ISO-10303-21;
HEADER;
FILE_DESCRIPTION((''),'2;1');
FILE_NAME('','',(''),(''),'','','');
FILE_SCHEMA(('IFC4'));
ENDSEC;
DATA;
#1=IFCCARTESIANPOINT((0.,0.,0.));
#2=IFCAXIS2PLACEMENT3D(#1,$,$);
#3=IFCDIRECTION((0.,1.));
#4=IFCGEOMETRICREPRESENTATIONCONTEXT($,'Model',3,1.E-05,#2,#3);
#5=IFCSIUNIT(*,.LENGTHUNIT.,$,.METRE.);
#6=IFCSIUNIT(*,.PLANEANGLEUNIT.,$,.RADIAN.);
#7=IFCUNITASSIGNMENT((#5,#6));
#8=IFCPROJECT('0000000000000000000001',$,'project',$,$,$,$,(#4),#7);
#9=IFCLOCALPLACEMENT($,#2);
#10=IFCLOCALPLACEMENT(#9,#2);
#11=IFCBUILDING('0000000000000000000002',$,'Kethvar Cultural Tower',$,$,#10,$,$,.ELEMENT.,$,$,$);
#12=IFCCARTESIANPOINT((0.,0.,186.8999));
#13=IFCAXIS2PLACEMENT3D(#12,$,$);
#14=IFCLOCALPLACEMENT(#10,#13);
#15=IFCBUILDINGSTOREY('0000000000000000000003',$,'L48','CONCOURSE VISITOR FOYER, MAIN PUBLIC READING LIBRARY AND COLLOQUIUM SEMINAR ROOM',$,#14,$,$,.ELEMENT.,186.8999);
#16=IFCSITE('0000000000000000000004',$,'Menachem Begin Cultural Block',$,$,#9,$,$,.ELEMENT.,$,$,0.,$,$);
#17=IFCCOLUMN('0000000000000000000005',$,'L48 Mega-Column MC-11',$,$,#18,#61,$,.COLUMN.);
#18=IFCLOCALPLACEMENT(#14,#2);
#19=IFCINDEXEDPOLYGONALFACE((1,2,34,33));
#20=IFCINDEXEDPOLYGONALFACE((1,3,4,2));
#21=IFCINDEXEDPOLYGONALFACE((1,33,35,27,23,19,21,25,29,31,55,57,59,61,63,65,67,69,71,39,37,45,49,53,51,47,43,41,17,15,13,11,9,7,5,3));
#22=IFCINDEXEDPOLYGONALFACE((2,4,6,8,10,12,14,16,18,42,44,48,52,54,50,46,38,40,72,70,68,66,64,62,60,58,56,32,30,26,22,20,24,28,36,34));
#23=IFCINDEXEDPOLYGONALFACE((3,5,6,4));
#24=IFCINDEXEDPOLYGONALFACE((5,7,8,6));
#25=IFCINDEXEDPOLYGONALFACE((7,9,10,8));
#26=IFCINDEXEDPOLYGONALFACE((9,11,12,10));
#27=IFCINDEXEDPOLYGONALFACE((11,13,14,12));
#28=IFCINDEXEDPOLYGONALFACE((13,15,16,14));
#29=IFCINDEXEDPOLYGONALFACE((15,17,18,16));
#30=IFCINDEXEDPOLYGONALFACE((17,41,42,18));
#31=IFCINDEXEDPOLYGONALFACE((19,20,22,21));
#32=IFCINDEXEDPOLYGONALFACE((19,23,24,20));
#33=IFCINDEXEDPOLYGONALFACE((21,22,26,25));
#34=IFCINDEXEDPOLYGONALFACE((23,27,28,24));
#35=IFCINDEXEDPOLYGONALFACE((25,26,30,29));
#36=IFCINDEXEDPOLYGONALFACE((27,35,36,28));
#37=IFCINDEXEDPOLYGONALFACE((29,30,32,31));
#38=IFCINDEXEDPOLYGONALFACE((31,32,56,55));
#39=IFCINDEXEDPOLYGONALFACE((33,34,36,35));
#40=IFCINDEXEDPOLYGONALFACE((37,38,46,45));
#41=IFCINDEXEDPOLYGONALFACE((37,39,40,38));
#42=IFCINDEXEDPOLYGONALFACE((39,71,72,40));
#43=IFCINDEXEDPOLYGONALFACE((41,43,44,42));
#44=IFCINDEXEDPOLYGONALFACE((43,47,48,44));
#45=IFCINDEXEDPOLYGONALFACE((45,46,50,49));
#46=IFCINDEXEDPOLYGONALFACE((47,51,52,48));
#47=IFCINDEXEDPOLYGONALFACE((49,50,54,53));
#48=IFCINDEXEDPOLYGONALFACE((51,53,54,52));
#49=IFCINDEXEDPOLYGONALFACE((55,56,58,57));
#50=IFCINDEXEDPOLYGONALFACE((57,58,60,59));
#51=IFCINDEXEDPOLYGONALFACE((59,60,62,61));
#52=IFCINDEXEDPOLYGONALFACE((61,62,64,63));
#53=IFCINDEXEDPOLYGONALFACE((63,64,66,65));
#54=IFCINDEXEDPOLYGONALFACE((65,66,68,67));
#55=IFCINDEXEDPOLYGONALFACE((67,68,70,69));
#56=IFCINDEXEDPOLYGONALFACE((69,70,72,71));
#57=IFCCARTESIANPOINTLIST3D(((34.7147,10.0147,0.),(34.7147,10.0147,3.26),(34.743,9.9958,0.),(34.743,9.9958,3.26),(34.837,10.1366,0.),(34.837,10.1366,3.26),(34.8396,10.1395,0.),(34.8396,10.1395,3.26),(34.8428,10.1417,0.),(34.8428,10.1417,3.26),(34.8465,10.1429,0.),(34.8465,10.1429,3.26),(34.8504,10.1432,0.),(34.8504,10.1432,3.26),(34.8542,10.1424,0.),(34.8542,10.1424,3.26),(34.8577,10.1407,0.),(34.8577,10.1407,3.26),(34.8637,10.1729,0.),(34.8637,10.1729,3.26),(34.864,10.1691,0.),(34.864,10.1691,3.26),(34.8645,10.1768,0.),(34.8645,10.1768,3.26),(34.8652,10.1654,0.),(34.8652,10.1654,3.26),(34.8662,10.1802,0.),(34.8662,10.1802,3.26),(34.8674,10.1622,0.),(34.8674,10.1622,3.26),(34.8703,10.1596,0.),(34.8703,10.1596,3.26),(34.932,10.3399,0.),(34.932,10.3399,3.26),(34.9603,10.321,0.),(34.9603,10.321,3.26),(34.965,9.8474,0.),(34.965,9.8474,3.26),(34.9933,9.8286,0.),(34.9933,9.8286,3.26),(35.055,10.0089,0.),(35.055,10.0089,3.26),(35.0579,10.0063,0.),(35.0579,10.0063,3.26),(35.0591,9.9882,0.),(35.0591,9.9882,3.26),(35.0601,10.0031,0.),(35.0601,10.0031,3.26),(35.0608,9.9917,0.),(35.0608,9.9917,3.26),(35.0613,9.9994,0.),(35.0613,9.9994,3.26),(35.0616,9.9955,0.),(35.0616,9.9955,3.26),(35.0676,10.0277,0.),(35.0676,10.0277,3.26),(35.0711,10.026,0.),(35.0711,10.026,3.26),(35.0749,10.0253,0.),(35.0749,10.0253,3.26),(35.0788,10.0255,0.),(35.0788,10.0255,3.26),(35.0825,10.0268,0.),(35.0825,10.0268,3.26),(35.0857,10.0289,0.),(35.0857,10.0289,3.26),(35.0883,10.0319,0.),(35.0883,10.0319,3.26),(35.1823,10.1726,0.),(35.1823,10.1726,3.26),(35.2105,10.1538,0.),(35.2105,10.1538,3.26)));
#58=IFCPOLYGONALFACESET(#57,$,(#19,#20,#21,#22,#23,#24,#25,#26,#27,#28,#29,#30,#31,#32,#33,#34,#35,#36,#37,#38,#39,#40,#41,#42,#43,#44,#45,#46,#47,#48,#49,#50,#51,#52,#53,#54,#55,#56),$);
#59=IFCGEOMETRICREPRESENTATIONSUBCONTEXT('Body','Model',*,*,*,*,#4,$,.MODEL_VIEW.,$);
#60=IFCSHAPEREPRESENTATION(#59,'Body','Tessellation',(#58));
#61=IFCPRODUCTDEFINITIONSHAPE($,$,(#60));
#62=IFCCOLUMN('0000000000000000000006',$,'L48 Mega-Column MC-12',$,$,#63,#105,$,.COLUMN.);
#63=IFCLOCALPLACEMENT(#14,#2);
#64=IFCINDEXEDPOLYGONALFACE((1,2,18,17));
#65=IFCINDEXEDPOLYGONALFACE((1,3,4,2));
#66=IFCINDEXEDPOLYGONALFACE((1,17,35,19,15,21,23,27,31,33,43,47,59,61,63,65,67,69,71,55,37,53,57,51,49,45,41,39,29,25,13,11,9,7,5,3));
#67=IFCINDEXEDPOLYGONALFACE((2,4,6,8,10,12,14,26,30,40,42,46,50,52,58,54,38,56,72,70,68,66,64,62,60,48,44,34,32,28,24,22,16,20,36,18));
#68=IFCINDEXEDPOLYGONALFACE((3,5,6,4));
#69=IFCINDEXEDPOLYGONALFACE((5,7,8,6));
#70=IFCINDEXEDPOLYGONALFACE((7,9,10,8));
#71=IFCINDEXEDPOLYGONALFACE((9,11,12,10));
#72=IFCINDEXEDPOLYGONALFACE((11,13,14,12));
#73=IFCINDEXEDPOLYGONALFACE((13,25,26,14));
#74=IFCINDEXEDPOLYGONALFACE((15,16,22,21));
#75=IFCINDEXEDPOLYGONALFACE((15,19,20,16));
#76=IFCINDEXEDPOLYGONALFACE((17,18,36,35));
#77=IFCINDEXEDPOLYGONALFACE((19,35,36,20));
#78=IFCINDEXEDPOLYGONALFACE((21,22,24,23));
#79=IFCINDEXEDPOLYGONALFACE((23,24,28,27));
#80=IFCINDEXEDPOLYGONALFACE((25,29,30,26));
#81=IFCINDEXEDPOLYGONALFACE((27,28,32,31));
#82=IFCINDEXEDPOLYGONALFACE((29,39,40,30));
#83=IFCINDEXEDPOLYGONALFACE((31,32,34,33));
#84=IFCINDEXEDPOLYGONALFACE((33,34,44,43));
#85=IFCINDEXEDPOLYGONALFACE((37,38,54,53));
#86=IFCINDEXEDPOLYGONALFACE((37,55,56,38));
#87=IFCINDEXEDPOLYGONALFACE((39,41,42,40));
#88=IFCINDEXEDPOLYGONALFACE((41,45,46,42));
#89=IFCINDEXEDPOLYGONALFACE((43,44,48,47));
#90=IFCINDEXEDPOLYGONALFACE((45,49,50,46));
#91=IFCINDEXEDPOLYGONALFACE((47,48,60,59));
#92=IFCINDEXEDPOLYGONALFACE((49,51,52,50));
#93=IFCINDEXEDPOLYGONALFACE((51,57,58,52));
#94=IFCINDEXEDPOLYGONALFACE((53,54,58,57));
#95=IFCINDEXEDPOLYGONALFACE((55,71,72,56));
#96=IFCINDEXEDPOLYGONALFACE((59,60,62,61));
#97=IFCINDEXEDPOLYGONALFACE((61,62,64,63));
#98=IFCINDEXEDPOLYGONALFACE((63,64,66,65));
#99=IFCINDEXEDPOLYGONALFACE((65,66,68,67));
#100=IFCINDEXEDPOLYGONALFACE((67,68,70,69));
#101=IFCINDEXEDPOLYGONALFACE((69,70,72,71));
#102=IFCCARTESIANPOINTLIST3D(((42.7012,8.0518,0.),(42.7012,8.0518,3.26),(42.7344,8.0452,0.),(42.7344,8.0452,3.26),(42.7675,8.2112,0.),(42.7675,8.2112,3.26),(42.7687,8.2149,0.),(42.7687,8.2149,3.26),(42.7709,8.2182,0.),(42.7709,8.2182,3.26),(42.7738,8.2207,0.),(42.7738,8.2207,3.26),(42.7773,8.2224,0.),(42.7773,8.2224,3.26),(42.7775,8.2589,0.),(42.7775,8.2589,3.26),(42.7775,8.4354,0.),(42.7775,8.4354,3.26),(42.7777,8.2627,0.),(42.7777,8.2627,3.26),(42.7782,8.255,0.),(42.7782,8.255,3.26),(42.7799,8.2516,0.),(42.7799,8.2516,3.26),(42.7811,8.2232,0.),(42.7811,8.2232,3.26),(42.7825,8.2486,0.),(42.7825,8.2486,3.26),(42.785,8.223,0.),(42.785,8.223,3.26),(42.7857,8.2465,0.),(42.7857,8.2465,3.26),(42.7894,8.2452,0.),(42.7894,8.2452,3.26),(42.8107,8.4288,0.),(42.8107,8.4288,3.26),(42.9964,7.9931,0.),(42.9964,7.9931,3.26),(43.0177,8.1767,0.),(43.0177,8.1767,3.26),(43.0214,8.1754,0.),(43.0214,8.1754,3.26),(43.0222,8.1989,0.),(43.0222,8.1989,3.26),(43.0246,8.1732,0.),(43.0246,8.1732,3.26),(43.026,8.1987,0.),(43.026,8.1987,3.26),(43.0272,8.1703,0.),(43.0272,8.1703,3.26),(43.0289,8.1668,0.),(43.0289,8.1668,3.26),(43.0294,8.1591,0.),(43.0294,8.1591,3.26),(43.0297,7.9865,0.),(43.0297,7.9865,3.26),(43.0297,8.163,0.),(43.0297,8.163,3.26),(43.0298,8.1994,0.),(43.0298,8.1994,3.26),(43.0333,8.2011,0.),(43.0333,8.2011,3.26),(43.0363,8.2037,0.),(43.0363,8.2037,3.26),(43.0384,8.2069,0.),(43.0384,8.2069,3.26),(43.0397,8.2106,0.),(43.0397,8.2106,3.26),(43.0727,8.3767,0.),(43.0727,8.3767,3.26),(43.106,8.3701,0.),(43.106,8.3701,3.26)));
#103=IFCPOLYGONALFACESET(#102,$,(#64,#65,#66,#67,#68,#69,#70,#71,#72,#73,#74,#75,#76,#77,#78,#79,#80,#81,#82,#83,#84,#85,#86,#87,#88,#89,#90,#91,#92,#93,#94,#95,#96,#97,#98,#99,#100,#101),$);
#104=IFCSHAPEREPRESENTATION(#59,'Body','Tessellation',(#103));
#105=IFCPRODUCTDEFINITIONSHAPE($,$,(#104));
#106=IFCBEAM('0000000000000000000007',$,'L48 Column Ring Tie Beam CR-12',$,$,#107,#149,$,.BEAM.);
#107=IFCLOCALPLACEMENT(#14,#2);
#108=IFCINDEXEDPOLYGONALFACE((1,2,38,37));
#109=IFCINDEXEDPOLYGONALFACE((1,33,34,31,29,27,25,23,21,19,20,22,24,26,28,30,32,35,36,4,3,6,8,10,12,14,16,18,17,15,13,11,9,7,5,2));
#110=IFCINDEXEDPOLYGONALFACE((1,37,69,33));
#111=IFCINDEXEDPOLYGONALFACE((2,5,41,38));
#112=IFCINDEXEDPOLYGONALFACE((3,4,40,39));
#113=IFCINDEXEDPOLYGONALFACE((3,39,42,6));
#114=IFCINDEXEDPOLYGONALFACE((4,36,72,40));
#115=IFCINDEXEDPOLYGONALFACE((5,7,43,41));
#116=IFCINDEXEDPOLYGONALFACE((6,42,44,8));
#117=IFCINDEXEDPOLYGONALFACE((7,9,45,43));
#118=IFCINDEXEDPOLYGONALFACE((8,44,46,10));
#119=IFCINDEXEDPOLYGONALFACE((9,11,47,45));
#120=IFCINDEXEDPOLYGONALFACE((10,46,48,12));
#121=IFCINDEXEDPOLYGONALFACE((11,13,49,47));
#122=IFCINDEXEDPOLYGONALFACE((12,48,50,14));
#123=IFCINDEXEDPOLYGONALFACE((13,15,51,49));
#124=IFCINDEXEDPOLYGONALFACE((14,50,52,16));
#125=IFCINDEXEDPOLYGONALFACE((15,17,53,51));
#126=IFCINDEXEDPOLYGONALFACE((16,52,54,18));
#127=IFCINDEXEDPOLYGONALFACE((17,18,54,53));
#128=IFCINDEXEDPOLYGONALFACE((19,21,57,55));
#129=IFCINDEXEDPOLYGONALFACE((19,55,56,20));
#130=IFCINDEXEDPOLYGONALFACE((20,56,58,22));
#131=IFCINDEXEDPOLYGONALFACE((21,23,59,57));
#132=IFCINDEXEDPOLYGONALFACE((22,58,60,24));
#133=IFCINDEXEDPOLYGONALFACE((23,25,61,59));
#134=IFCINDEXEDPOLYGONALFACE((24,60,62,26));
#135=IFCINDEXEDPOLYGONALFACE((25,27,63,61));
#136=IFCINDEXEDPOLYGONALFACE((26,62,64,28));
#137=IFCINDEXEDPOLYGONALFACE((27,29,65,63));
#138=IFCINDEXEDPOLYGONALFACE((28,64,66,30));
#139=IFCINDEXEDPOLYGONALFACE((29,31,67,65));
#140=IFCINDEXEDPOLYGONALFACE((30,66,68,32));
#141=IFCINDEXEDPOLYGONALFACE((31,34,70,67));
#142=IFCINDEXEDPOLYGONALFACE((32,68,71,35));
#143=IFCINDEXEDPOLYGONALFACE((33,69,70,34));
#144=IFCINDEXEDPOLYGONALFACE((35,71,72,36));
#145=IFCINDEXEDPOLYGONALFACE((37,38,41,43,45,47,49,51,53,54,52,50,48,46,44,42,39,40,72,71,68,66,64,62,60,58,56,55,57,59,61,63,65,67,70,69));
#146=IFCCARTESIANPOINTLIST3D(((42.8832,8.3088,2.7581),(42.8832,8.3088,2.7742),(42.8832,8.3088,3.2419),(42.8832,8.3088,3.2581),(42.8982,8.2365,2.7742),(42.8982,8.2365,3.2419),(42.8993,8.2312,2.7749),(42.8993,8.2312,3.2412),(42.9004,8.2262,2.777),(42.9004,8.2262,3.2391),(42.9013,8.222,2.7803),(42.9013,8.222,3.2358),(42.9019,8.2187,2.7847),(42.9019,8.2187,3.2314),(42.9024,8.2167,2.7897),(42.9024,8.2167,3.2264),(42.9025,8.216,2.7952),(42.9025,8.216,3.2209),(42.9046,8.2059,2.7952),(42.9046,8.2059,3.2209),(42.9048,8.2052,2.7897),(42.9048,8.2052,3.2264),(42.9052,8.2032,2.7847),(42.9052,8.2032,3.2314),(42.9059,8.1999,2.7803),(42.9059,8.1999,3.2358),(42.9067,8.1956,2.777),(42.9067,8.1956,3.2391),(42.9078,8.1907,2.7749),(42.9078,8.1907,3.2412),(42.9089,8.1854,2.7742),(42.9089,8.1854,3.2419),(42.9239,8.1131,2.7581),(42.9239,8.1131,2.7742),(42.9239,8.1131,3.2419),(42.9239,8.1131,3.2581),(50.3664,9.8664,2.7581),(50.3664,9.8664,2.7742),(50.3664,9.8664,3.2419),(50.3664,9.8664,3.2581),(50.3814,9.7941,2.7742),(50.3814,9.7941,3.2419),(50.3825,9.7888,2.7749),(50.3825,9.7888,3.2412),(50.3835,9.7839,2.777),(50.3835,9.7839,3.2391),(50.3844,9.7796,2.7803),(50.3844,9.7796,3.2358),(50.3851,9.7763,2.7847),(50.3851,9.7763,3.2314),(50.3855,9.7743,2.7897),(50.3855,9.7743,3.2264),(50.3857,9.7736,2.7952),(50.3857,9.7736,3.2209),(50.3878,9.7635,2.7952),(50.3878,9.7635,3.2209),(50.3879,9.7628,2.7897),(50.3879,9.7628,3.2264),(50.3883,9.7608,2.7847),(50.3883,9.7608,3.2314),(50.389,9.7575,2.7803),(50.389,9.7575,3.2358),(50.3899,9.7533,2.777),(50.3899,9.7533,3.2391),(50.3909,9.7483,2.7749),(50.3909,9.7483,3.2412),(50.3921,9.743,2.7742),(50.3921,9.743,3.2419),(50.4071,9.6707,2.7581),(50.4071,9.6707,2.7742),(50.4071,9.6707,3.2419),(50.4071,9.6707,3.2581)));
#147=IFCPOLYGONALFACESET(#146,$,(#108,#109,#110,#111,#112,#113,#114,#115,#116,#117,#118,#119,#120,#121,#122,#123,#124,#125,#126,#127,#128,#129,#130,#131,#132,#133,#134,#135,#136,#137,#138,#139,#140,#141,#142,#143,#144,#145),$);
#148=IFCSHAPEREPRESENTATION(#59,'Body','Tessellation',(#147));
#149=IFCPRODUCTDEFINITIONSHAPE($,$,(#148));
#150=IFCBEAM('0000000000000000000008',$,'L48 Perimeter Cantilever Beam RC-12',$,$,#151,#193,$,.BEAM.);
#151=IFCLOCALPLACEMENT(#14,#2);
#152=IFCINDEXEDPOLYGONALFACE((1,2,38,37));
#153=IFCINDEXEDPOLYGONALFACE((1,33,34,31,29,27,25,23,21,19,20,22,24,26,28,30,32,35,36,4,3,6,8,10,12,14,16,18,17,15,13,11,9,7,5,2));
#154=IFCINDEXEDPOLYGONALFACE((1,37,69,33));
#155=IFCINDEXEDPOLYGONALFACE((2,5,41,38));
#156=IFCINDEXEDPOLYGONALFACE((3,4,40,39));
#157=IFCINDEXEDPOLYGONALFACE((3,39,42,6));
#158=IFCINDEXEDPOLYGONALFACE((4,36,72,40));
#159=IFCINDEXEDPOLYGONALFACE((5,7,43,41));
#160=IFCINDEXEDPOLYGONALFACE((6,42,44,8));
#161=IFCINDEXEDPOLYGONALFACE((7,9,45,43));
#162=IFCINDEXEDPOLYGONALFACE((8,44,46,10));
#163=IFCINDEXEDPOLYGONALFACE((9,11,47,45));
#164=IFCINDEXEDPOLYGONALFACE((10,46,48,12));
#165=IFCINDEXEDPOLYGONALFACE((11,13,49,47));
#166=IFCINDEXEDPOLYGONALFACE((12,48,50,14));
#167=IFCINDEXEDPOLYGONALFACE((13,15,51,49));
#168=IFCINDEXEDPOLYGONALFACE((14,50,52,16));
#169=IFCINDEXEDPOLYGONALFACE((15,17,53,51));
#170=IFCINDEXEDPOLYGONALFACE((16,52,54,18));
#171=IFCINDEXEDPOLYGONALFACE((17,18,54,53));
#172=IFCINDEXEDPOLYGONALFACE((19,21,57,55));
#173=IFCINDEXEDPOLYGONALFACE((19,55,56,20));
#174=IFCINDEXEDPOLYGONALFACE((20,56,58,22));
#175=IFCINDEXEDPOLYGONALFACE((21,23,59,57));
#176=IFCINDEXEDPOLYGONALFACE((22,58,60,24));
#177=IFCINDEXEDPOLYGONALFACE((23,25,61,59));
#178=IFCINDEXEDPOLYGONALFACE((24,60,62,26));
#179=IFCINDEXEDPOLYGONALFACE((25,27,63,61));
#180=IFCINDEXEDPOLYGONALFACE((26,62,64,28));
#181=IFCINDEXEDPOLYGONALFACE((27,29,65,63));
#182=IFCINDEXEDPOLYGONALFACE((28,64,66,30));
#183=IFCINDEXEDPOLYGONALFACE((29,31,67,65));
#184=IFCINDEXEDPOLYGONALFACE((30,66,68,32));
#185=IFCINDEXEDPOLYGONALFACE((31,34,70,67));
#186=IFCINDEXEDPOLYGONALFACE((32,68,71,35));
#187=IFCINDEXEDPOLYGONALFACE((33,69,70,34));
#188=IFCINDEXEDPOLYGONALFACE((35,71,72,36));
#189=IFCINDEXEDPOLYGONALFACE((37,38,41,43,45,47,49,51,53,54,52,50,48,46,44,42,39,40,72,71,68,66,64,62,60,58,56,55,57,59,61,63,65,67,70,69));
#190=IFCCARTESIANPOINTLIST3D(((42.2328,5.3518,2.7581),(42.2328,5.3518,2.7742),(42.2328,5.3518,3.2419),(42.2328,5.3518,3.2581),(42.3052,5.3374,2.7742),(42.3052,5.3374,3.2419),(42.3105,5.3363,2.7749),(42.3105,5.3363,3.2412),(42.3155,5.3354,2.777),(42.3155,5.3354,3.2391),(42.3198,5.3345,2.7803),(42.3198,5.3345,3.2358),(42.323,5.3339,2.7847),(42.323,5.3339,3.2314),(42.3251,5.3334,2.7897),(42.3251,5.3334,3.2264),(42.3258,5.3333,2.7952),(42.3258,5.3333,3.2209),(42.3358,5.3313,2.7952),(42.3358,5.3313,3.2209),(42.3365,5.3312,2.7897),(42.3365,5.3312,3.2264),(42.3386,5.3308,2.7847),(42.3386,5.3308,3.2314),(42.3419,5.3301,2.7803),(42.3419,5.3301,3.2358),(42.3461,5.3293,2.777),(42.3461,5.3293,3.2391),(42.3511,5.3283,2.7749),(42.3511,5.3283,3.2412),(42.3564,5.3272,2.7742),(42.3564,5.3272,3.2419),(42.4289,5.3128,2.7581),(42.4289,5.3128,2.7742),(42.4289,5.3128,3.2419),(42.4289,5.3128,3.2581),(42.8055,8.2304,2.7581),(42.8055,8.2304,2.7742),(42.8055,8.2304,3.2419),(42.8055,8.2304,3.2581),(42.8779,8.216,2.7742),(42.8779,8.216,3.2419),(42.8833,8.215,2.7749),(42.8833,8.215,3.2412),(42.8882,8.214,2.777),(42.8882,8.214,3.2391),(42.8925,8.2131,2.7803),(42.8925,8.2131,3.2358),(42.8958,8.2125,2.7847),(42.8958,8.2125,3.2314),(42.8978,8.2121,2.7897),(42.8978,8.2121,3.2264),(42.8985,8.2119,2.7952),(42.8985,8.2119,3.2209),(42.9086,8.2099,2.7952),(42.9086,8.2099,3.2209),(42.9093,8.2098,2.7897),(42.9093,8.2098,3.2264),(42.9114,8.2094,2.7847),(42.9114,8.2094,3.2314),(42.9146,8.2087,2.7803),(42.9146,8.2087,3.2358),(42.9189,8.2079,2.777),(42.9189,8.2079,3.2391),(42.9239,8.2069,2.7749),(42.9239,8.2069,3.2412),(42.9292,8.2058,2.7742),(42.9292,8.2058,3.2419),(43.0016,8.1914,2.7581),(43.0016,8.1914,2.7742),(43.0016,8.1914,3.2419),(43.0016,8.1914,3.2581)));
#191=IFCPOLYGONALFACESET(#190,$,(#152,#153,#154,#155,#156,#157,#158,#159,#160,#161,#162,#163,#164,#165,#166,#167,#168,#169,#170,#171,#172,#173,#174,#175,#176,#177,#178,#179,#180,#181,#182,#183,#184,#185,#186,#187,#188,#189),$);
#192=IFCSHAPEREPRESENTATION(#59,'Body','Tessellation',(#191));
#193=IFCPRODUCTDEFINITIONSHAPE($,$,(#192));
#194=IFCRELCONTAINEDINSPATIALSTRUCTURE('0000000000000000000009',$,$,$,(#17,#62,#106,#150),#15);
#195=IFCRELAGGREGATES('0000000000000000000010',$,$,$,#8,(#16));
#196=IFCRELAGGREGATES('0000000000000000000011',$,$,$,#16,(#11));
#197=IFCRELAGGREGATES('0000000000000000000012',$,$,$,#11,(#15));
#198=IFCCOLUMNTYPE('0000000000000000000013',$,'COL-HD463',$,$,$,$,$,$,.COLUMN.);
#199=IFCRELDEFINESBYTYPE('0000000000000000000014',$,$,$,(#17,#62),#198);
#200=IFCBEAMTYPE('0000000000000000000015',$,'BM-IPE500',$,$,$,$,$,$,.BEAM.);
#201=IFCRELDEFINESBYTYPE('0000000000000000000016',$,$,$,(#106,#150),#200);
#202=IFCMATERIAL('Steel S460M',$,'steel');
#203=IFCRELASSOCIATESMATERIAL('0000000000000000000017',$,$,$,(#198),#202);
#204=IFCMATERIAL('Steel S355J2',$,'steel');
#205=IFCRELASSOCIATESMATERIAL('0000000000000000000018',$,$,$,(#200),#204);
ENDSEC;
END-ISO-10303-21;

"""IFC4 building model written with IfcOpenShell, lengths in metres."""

from ifc_helpers import new_model, si_unit, direction, frame, origin, origin_2d, place, context, subcontext, project, spatial, i_section, extrude, source, transform, mapped, material, material_profile, profile_set, type_object, element, save


model = new_model("IFC4")

# Units and contexts
model_context = context("Model", 3, precision=1e-05, world=origin(), true_north=direction((0.0, 1.0)))
body_context = subcontext(model_context, "Body", "Model", "MODEL_VIEW")
ifc_project = project(units=[si_unit("LENGTHUNIT", "METRE"), si_unit("PLANEANGLEUNIT", "RADIAN")], contexts=[model_context])

# Site, building, storey
site_placement = place(None, origin())
site = spatial("IfcSite", under=ifc_project, at=site_placement, Name="Menachem Begin Cultural Block", CompositionType="ELEMENT", RefElevation=0.0)
building_placement = place(site_placement, origin())
building = spatial("IfcBuilding", under=site, at=building_placement, Name="Kethvar Cultural Tower", CompositionType="ELEMENT")
storey_placement = place(building_placement, frame((0.0, 0.0, 186.8999)))
storey = spatial("IfcBuildingStorey", under=building, at=storey_placement, Name="L48", Description="CONCOURSE VISITOR FOYER, MAIN PUBLIC READING LIBRARY AND COLLOQUIUM SEMINAR ROOM", CompositionType="ELEMENT", Elevation=186.8999)

# Columns
ifc_material_1 = material(Name="Steel S460M", Category="steel")
ifc_material_profile_1 = material_profile(ifc_material_1, i_section(OverallWidth=0.3911, OverallDepth=0.335, WebThickness=0.0227, FlangeThickness=0.0339, FilletRadius=0.0149, at=origin_2d()), Name="Steel S460M — HD400x463")
ifc_profile_set_1 = profile_set([ifc_material_profile_1], Name="Steel S460M — HD400x463")
column_type = type_object("IfcColumnType", Name="COL-HD463", PredefinedType="COLUMN", material=ifc_profile_set_1)
shared_shape_1 = source(origin(), body_context, "Body", "SweptSolid", [
    extrude(i_section(OverallWidth=0.3911, OverallDepth=0.335, WebThickness=0.0227, FlangeThickness=0.0339, FilletRadius=0.0149, at=origin_2d()), origin(), (0.0, 0.0, 1.0), 3.26),
])
for number, where, z_axis, x_axis, name in (
    (1, (34.9626, 10.0842, 0.0), (0.0, 0.0, 1.0), (-0.55557, -0.83147, 0.0), "L48 Mega-Column MC-11"),
    (2, (42.9036, 8.2109, 0.0), (0.0, 0.0, 1.0), (-0.19509, -0.980785, 0.0), "L48 Mega-Column MC-12"),
):
    element("IfcColumn", number, at=place(storey_placement, frame(where, z_axis=z_axis, x_axis=x_axis)), inside=storey, type_object=column_type, Name=name, PredefinedType="COLUMN", context=body_context, shape_type="MappedRepresentation", body=[
        mapped(shared_shape_1, transform((0.0, 0.0, 0.0), scale=1.0)),
    ])

# Beams
ifc_material_2 = material(Name="Steel S355J2", Category="steel")
ifc_material_profile_2 = material_profile(ifc_material_2, i_section(OverallWidth=0.2, OverallDepth=0.5, WebThickness=0.0103, FlangeThickness=0.0161, FilletRadius=0.021, at=origin_2d()), Name="Steel S355J2 — IPE500")
ifc_profile_set_2 = profile_set([ifc_material_profile_2], Name="Steel S355J2 — IPE500")
beam_type_1 = type_object("IfcBeamType", Name="BM-IPE500", PredefinedType="BEAM", material=ifc_profile_set_2)
shared_shape_2 = source(origin(), body_context, "Body", "SweptSolid", [
    extrude(i_section(OverallWidth=0.2, OverallDepth=0.5, WebThickness=0.0103, FlangeThickness=0.0161, FilletRadius=0.021, at=origin_2d()), origin(), (0.0, 0.0, 1.0), 7.6436),
])
beam_1_placement = place(storey_placement, frame((42.9036, 8.2109, 3.0081), z_axis=(0.979016, 0.203782, 0.0), x_axis=(-0.203782, 0.979016, 0.0)))
element("IfcBeam", 3, at=beam_1_placement, inside=storey, type_object=beam_type_1, Name="L48 Column Ring Tie Beam CR-12", PredefinedType="BEAM", context=body_context, shape_type="MappedRepresentation", body=[
    mapped(shared_shape_2, transform((0.0, 0.0, 0.0), scale=1.0)),
])
shared_shape_3 = source(origin(), body_context, "Body", "SweptSolid", [
    extrude(i_section(OverallWidth=0.2, OverallDepth=0.5, WebThickness=0.0103, FlangeThickness=0.0161, FilletRadius=0.021, at=origin_2d()), origin(), (0.0, 0.0, 1.0), 2.9351),
])
beam_2_placement = place(storey_placement, frame((42.9036, 8.2109, 3.0081), z_axis=(-0.19514, -0.980775, 0.0), x_axis=(0.980775, -0.19514, 0.0)))
element("IfcBeam", 4, at=beam_2_placement, inside=storey, type_object=beam_type_1, Name="L48 Perimeter Cantilever Beam RC-12", PredefinedType="BEAM", context=body_context, shape_type="MappedRepresentation", body=[
    mapped(shared_shape_3, transform((0.0, 0.0, 0.0), scale=1.0)),
])

save(model, "model.ifc")
